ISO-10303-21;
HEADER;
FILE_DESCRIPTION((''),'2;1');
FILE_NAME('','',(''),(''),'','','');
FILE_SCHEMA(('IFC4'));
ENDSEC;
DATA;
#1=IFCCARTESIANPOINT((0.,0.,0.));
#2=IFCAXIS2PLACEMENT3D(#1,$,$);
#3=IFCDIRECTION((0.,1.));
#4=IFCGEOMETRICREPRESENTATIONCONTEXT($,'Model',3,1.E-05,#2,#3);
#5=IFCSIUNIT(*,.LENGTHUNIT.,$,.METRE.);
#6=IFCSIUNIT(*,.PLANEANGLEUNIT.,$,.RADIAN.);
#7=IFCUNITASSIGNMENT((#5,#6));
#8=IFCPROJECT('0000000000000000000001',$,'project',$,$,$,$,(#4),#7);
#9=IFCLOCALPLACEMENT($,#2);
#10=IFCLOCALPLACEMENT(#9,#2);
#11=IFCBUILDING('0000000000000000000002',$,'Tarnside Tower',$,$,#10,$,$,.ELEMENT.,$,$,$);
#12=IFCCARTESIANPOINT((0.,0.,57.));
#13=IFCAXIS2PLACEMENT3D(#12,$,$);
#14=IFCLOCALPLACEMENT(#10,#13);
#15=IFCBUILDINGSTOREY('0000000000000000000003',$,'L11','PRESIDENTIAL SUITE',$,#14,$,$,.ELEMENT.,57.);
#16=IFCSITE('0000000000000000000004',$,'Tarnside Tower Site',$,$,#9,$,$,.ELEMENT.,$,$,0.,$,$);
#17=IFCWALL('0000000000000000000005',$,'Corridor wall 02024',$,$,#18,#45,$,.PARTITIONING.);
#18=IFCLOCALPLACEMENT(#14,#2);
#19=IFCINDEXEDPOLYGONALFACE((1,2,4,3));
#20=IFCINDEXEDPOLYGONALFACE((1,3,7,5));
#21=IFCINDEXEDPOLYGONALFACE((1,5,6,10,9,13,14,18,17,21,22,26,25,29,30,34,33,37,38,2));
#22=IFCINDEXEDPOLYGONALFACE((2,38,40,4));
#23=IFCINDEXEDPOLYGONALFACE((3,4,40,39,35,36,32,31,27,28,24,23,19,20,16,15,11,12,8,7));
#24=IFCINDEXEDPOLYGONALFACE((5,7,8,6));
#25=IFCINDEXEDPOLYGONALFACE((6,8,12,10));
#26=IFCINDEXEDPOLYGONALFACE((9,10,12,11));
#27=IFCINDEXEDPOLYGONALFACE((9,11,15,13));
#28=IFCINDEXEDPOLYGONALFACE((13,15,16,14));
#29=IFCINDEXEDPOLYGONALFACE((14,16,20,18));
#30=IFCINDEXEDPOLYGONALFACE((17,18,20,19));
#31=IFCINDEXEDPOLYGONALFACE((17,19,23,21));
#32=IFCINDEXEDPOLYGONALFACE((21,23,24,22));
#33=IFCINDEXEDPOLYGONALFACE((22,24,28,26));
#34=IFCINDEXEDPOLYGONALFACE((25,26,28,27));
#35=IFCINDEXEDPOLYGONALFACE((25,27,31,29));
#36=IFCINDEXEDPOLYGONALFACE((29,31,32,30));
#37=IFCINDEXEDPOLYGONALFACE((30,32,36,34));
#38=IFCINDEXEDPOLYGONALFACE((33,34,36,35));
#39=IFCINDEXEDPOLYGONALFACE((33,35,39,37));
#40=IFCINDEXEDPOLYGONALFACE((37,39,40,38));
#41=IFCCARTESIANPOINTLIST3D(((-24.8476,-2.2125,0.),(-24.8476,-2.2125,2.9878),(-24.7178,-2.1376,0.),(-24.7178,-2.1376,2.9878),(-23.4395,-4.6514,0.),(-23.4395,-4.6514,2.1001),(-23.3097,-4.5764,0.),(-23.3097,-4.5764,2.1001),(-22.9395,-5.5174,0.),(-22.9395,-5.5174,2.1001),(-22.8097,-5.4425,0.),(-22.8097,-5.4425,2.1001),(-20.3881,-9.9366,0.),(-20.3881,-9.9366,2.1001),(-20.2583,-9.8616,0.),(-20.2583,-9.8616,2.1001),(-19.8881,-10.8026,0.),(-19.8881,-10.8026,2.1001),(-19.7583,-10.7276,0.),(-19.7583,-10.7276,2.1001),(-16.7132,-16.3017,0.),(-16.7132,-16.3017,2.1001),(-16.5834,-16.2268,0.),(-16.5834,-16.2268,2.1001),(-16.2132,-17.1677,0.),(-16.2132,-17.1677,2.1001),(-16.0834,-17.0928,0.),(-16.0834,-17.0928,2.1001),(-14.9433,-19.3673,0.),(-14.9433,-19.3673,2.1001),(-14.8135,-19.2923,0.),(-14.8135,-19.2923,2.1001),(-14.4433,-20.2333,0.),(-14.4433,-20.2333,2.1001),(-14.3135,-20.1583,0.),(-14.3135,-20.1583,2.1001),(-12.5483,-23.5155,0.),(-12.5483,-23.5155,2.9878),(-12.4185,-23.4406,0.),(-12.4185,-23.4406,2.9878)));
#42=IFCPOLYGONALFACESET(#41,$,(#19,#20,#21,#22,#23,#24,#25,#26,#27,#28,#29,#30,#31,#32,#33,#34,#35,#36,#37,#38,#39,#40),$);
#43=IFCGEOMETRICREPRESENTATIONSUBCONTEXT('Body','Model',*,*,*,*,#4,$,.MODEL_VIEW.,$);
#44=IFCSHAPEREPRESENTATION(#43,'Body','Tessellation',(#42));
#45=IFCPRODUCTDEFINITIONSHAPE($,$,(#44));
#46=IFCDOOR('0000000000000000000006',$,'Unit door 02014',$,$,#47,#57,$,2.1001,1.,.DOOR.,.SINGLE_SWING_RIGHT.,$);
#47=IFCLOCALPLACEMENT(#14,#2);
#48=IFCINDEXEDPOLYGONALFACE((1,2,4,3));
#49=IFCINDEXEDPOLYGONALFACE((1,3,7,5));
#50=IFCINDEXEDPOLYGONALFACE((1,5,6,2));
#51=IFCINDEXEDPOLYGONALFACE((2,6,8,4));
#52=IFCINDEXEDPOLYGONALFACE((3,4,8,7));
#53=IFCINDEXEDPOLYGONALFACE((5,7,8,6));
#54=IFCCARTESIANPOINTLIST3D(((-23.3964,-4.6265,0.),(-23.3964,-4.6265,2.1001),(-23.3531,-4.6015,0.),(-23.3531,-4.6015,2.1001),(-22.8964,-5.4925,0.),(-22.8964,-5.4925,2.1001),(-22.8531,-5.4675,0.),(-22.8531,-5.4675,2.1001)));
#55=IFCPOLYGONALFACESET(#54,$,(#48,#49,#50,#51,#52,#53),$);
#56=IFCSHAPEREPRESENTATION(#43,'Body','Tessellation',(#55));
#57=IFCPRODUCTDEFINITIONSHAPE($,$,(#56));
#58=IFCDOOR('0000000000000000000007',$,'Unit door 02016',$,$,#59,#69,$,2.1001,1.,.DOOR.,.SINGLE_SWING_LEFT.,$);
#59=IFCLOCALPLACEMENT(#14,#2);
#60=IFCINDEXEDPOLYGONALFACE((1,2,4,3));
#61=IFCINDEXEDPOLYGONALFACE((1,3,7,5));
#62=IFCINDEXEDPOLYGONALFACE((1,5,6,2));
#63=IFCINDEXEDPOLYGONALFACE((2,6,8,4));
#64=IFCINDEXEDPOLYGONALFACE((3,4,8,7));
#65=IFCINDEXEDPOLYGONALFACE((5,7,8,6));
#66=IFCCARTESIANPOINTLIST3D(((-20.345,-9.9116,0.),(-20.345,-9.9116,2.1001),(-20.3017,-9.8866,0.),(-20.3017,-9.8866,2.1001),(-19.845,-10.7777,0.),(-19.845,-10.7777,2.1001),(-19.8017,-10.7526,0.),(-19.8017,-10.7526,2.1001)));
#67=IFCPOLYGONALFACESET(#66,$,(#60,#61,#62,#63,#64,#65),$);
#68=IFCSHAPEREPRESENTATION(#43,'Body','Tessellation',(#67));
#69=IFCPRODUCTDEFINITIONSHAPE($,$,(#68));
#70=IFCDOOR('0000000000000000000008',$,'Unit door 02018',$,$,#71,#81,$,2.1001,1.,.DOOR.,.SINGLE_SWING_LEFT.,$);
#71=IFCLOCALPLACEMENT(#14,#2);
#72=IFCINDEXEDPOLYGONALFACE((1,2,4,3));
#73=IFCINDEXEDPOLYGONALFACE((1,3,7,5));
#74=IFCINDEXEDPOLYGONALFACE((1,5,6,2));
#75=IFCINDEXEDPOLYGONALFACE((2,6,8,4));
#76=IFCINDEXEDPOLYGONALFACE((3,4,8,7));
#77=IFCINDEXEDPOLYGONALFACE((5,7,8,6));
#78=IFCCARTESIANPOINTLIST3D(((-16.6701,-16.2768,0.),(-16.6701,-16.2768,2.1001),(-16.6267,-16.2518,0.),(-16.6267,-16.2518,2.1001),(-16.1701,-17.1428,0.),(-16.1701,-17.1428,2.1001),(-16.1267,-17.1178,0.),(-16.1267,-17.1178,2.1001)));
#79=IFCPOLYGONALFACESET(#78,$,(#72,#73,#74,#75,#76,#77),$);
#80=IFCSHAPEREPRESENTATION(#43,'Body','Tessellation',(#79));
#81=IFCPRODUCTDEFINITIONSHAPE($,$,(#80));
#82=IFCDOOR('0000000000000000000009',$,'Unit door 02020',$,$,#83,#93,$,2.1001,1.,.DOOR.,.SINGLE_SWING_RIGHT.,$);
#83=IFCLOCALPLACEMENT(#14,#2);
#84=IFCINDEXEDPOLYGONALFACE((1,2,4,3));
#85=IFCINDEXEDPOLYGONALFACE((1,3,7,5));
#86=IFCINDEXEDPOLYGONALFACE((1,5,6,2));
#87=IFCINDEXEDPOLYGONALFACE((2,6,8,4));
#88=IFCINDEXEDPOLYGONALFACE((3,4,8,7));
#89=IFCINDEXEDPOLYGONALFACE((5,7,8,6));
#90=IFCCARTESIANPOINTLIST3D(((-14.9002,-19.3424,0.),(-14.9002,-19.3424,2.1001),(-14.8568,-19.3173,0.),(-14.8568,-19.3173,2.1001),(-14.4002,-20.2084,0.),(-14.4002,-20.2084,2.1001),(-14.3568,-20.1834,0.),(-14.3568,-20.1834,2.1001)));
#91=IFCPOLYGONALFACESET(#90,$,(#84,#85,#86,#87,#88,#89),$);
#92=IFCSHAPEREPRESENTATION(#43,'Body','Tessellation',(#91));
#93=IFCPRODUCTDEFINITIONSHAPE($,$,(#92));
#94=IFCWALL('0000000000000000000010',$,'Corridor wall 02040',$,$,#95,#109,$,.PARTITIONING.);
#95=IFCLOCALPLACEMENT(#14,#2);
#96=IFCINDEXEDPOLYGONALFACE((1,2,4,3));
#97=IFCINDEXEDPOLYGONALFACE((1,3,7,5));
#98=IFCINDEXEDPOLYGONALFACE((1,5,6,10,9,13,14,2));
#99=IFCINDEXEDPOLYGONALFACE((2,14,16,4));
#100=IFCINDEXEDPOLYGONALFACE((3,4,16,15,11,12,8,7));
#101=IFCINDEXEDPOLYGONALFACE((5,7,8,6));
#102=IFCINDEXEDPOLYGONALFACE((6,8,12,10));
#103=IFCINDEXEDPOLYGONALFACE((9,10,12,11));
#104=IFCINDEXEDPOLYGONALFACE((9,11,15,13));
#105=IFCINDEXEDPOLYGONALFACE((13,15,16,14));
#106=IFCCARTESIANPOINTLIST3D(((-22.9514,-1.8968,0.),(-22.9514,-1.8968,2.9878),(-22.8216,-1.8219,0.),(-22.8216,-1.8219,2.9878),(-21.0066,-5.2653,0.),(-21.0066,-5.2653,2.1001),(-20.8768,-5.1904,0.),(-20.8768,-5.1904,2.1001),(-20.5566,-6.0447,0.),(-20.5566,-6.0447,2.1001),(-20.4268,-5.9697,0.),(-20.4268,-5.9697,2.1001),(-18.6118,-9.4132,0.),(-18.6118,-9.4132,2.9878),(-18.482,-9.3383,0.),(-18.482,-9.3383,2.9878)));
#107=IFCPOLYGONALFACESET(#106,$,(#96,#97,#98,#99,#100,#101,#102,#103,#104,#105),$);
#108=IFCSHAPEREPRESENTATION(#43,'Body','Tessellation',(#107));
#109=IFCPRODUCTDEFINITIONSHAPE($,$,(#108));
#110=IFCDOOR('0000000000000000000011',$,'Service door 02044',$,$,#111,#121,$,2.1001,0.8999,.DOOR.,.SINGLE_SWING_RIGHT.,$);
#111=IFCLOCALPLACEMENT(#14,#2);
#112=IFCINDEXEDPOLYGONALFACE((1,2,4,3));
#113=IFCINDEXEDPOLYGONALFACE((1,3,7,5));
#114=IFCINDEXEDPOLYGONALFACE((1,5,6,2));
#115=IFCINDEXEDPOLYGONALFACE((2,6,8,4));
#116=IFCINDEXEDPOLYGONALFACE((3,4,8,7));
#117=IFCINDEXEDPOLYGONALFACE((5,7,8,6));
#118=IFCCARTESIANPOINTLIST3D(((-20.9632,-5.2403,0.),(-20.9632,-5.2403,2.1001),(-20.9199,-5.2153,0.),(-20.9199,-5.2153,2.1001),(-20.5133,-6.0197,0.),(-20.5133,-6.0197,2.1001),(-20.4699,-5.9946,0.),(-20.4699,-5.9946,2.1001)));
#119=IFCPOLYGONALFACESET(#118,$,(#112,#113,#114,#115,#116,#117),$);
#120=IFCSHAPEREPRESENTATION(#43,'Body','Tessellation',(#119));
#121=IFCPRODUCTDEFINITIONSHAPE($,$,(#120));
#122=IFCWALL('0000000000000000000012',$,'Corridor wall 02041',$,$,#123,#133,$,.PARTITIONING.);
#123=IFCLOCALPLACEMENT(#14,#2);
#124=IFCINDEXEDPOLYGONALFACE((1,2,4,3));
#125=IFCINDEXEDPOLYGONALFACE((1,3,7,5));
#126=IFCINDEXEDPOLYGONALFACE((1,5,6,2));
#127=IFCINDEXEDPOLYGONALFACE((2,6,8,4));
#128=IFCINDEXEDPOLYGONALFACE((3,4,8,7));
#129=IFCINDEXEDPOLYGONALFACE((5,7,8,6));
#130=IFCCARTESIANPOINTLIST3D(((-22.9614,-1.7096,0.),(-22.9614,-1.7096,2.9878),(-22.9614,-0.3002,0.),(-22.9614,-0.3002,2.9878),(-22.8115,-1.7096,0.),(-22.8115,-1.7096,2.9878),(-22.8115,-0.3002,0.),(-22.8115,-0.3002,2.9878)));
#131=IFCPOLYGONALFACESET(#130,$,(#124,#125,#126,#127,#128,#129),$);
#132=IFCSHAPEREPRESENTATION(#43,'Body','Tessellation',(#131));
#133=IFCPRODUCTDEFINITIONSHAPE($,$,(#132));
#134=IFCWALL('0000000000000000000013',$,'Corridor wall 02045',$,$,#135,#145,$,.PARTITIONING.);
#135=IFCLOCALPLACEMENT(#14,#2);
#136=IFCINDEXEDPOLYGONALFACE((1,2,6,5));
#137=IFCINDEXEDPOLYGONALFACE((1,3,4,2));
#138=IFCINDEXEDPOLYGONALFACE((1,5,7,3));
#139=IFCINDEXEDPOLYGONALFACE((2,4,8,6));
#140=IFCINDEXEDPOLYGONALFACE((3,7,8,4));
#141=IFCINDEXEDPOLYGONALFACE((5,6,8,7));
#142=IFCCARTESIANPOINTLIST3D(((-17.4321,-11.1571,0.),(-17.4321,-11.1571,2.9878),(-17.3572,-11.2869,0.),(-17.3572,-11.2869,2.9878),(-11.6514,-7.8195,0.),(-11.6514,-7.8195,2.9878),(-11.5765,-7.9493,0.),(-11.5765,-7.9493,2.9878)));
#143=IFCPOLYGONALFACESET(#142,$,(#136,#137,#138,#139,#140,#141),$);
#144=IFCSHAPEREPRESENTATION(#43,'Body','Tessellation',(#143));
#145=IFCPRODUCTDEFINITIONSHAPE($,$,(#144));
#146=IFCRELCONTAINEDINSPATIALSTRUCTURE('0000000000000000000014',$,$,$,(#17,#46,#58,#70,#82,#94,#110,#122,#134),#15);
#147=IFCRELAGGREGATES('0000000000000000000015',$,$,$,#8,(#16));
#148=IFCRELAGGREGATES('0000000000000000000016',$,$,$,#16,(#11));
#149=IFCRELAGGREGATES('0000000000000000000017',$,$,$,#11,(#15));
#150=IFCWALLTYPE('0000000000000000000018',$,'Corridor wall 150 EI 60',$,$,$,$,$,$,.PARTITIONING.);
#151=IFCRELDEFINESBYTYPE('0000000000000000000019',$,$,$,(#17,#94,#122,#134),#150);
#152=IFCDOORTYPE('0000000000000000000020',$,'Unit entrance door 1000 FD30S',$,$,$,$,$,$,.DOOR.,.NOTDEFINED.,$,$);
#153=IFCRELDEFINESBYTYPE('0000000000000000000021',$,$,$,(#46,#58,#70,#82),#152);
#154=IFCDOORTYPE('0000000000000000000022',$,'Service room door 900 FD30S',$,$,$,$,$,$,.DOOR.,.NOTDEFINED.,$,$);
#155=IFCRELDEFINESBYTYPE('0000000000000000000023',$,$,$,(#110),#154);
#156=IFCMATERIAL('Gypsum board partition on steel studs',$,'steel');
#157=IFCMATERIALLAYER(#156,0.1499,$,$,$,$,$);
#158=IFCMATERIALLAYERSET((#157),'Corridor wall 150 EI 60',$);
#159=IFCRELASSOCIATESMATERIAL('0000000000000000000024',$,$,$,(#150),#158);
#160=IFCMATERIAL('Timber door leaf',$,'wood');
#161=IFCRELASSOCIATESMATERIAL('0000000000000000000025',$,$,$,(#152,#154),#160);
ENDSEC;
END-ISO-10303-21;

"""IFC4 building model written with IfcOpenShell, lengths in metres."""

from ifc_helpers import new_model, si_unit, direction, frame, frame_2d, origin, place, context, subcontext, project, spatial, rectangle, extrude, material, layer, layer_set, type_object, element, fill, save


model = new_model("IFC4")

# Units and contexts
model_context = context("Model", 3, precision=1e-05, world=origin(), true_north=direction((0.0, 1.0)))
body_context = subcontext(model_context, "Body", "Model", "MODEL_VIEW")
ifc_project = project(units=[si_unit("LENGTHUNIT", "METRE"), si_unit("PLANEANGLEUNIT", "RADIAN")], contexts=[model_context])

# Site, building, storey
site_placement = place(None, origin())
site = spatial("IfcSite", under=ifc_project, at=site_placement, Name="Tarnside Tower Site", CompositionType="ELEMENT", RefElevation=0.0)
building_placement = place(site_placement, origin())
building = spatial("IfcBuilding", under=site, at=building_placement, Name="Tarnside Tower", CompositionType="ELEMENT")
storey_placement = place(building_placement, frame((0.0, 0.0, 57.0)))
storey = spatial("IfcBuildingStorey", under=building, at=storey_placement, Name="L11", Description="PRESIDENTIAL SUITE", CompositionType="ELEMENT", Elevation=57.0)

# Shared definitions
ifc_material_1 = material(Name="Gypsum board partition on steel studs", Category="steel")
ifc_material_2 = material(Name="Timber door leaf", Category="wood")

# Wall, openings, doors
ifc_layer_1 = layer(ifc_material_1, 0.1499)
ifc_layer_set_1 = layer_set([ifc_layer_1], Name="Corridor wall 150 EI 60")
wall_type_1 = type_object("IfcWallType", Name="Corridor wall 150 EI 60", PredefinedType="PARTITIONING", material=ifc_layer_set_1)
wall_1_placement = place(storey_placement, frame((-24.7827, -2.175, 0.0), z_axis=(0.0, 0.0, 1.0), x_axis=(0.500001, -0.866025, 0.0)))
wall_1 = element("IfcWall", 1, at=wall_1_placement, inside=storey, type_object=wall_type_1, Name="Corridor wall 02024", PredefinedType="PARTITIONING", context=body_context, shape_type="SweptSolid", body=[
    extrude(rectangle(XDim=24.5986, YDim=0.1499, at=frame_2d((12.2993, 0.0))), origin(), (0.0, 0.0, 1.0), 2.9878),
])
opening_1_placement = place(wall_1_placement, frame((2.8162, 0.0, 0.0)))
opening_1 = element("IfcOpeningElement", 2, at=opening_1_placement, cuts=wall_1, PredefinedType="OPENING", context=body_context, shape_type="SweptSolid", body=[
    extrude(rectangle(XDim=1.0, YDim=2.1001, at=frame_2d((0.5, 1.05))), frame((0.0, 0.085, 0.0), z_axis=(0.0, -1.0, 0.0), x_axis=(1.0, 0.0, 0.0)), (0.0, 0.0, 1.0), 0.1699),
])
opening_2_placement = place(wall_1_placement, frame((8.9189, 0.0, 0.0)))
opening_2 = element("IfcOpeningElement", 3, at=opening_2_placement, cuts=wall_1, PredefinedType="OPENING", context=body_context, shape_type="SweptSolid", body=[
    extrude(rectangle(XDim=1.0, YDim=2.1001, at=frame_2d((0.5, 1.05))), frame((0.0, 0.085, 0.0), z_axis=(0.0, -1.0, 0.0), x_axis=(1.0, 0.0, 0.0)), (0.0, 0.0, 1.0), 0.1699),
])
opening_3_placement = place(wall_1_placement, frame((16.2688, 0.0, 0.0)))
opening_3 = element("IfcOpeningElement", 4, at=opening_3_placement, cuts=wall_1, PredefinedType="OPENING", context=body_context, shape_type="SweptSolid", body=[
    extrude(rectangle(XDim=1.0, YDim=2.1001, at=frame_2d((0.5, 1.05))), frame((0.0, 0.085, 0.0), z_axis=(0.0, -1.0, 0.0), x_axis=(1.0, 0.0, 0.0)), (0.0, 0.0, 1.0), 0.1699),
])
opening_4_placement = place(wall_1_placement, frame((19.8086, 0.0, 0.0)))
opening_4 = element("IfcOpeningElement", 5, at=opening_4_placement, cuts=wall_1, PredefinedType="OPENING", context=body_context, shape_type="SweptSolid", body=[
    extrude(rectangle(XDim=1.0, YDim=2.1001, at=frame_2d((0.5, 1.05))), frame((0.0, 0.085, 0.0), z_axis=(0.0, -1.0, 0.0), x_axis=(1.0, 0.0, 0.0)), (0.0, 0.0, 1.0), 0.1699),
])
door_type_1 = type_object("IfcDoorType", Name="Unit entrance door 1000 FD30S", OperationType="NOTDEFINED", PredefinedType="DOOR", material=ifc_material_2)
door_1_placement = place(opening_1_placement, origin())
door_1 = element("IfcDoor", 6, at=door_1_placement, inside=storey, type_object=door_type_1, Name="Unit door 02014", OperationType="SINGLE_SWING_RIGHT", OverallHeight=2.1001, OverallWidth=1.0, PredefinedType="DOOR", context=body_context, shape_type="SweptSolid", body=[
    extrude(rectangle(XDim=1.0, YDim=2.1001, at=frame_2d((0.5, 1.05))), frame((0.0, 0.0249, 0.0), z_axis=(0.0, -1.0, 0.0), x_axis=(1.0, 0.0, 0.0)), (0.0, 0.0, 1.0), 0.05),
])
fill(opening_1, door_1)
door_2_placement = place(opening_2_placement, origin())
door_2 = element("IfcDoor", 7, at=door_2_placement, inside=storey, type_object=door_type_1, Name="Unit door 02016", OperationType="SINGLE_SWING_LEFT", OverallHeight=2.1001, OverallWidth=1.0, PredefinedType="DOOR", context=body_context, shape_type="SweptSolid", body=[
    extrude(rectangle(XDim=1.0, YDim=2.1001, at=frame_2d((0.5, 1.05))), frame((0.0, 0.0249, 0.0), z_axis=(0.0, -1.0, 0.0), x_axis=(1.0, 0.0, 0.0)), (0.0, 0.0, 1.0), 0.05),
])
fill(opening_2, door_2)
door_3_placement = place(opening_3_placement, origin())
door_3 = element("IfcDoor", 8, at=door_3_placement, inside=storey, type_object=door_type_1, Name="Unit door 02018", OperationType="SINGLE_SWING_LEFT", OverallHeight=2.1001, OverallWidth=1.0, PredefinedType="DOOR", context=body_context, shape_type="SweptSolid", body=[
    extrude(rectangle(XDim=1.0, YDim=2.1001, at=frame_2d((0.5, 1.05))), frame((0.0, 0.0249, 0.0), z_axis=(0.0, -1.0, 0.0), x_axis=(1.0, 0.0, 0.0)), (0.0, 0.0, 1.0), 0.05),
])
fill(opening_3, door_3)
door_4_placement = place(opening_4_placement, origin())
door_4 = element("IfcDoor", 9, at=door_4_placement, inside=storey, type_object=door_type_1, Name="Unit door 02020", OperationType="SINGLE_SWING_RIGHT", OverallHeight=2.1001, OverallWidth=1.0, PredefinedType="DOOR", context=body_context, shape_type="SweptSolid", body=[
    extrude(rectangle(XDim=1.0, YDim=2.1001, at=frame_2d((0.5, 1.05))), frame((0.0, 0.0249, 0.0), z_axis=(0.0, -1.0, 0.0), x_axis=(1.0, 0.0, 0.0)), (0.0, 0.0, 1.0), 0.05),
])
fill(opening_4, door_4)

# Wall, opening, door
wall_2_placement = place(storey_placement, frame((-18.5469, -9.3757, 0.0), z_axis=(0.0, 0.0, 1.0), x_axis=(-0.500002, 0.866024, 0.0)))
wall_2 = element("IfcWall", 10, at=wall_2_placement, inside=storey, type_object=wall_type_1, Name="Corridor wall 02040", PredefinedType="PARTITIONING", context=body_context, shape_type="SweptSolid", body=[
    extrude(rectangle(XDim=8.6792, YDim=0.1499, at=frame_2d((4.3396, 0.0))), origin(), (0.0, 0.0, 1.0), 2.9878),
])
opening_5_placement = place(wall_2_placement, frame((3.8896, 0.0, 0.0)))
opening_5 = element("IfcOpeningElement", 11, at=opening_5_placement, cuts=wall_2, PredefinedType="OPENING", context=body_context, shape_type="SweptSolid", body=[
    extrude(rectangle(XDim=0.8999, YDim=2.1001, at=frame_2d((0.45, 1.05))), frame((0.0, 0.085, 0.0), z_axis=(0.0, -1.0, 0.0), x_axis=(1.0, 0.0, 0.0)), (0.0, 0.0, 1.0), 0.1699),
])
door_type_2 = type_object("IfcDoorType", Name="Service room door 900 FD30S", OperationType="NOTDEFINED", PredefinedType="DOOR", material=ifc_material_2)
door_5_placement = place(opening_5_placement, origin())
door_5 = element("IfcDoor", 12, at=door_5_placement, inside=storey, type_object=door_type_2, Name="Service door 02044", OperationType="SINGLE_SWING_RIGHT", OverallHeight=2.1001, OverallWidth=0.8999, PredefinedType="DOOR", context=body_context, shape_type="SweptSolid", body=[
    extrude(rectangle(XDim=0.8999, YDim=2.1001, at=frame_2d((0.45, 1.05))), frame((0.0, 0.0249, 0.0), z_axis=(0.0, -1.0, 0.0), x_axis=(1.0, 0.0, 0.0)), (0.0, 0.0, 1.0), 0.05),
])
fill(opening_5, door_5)

# Walls
wall_3_placement = place(storey_placement, frame((-22.8865, -1.7095, 0.0), z_axis=(0.0, 0.0, 1.0), x_axis=(0.0, 1.0, 0.0)))
element("IfcWall", 13, at=wall_3_placement, inside=storey, type_object=wall_type_1, Name="Corridor wall 02041", PredefinedType="PARTITIONING", context=body_context, shape_type="SweptSolid", body=[
    extrude(rectangle(XDim=1.4094, YDim=0.1499, at=frame_2d((0.7046, 0.0))), origin(), (0.0, 0.0, 1.0), 2.9878),
])
wall_4_placement = place(storey_placement, frame((-17.3945, -11.2219, 0.0), z_axis=(0.0, 0.0, 1.0), x_axis=(0.866017, 0.500014, 0.0)))
element("IfcWall", 14, at=wall_4_placement, inside=storey, type_object=wall_type_1, Name="Corridor wall 02045", PredefinedType="PARTITIONING", context=body_context, shape_type="SweptSolid", body=[
    extrude(rectangle(XDim=6.675, YDim=0.1499, at=frame_2d((3.3374, 0.0))), origin(), (0.0, 0.0, 1.0), 2.9878),
])

save(model, "model.ifc")
